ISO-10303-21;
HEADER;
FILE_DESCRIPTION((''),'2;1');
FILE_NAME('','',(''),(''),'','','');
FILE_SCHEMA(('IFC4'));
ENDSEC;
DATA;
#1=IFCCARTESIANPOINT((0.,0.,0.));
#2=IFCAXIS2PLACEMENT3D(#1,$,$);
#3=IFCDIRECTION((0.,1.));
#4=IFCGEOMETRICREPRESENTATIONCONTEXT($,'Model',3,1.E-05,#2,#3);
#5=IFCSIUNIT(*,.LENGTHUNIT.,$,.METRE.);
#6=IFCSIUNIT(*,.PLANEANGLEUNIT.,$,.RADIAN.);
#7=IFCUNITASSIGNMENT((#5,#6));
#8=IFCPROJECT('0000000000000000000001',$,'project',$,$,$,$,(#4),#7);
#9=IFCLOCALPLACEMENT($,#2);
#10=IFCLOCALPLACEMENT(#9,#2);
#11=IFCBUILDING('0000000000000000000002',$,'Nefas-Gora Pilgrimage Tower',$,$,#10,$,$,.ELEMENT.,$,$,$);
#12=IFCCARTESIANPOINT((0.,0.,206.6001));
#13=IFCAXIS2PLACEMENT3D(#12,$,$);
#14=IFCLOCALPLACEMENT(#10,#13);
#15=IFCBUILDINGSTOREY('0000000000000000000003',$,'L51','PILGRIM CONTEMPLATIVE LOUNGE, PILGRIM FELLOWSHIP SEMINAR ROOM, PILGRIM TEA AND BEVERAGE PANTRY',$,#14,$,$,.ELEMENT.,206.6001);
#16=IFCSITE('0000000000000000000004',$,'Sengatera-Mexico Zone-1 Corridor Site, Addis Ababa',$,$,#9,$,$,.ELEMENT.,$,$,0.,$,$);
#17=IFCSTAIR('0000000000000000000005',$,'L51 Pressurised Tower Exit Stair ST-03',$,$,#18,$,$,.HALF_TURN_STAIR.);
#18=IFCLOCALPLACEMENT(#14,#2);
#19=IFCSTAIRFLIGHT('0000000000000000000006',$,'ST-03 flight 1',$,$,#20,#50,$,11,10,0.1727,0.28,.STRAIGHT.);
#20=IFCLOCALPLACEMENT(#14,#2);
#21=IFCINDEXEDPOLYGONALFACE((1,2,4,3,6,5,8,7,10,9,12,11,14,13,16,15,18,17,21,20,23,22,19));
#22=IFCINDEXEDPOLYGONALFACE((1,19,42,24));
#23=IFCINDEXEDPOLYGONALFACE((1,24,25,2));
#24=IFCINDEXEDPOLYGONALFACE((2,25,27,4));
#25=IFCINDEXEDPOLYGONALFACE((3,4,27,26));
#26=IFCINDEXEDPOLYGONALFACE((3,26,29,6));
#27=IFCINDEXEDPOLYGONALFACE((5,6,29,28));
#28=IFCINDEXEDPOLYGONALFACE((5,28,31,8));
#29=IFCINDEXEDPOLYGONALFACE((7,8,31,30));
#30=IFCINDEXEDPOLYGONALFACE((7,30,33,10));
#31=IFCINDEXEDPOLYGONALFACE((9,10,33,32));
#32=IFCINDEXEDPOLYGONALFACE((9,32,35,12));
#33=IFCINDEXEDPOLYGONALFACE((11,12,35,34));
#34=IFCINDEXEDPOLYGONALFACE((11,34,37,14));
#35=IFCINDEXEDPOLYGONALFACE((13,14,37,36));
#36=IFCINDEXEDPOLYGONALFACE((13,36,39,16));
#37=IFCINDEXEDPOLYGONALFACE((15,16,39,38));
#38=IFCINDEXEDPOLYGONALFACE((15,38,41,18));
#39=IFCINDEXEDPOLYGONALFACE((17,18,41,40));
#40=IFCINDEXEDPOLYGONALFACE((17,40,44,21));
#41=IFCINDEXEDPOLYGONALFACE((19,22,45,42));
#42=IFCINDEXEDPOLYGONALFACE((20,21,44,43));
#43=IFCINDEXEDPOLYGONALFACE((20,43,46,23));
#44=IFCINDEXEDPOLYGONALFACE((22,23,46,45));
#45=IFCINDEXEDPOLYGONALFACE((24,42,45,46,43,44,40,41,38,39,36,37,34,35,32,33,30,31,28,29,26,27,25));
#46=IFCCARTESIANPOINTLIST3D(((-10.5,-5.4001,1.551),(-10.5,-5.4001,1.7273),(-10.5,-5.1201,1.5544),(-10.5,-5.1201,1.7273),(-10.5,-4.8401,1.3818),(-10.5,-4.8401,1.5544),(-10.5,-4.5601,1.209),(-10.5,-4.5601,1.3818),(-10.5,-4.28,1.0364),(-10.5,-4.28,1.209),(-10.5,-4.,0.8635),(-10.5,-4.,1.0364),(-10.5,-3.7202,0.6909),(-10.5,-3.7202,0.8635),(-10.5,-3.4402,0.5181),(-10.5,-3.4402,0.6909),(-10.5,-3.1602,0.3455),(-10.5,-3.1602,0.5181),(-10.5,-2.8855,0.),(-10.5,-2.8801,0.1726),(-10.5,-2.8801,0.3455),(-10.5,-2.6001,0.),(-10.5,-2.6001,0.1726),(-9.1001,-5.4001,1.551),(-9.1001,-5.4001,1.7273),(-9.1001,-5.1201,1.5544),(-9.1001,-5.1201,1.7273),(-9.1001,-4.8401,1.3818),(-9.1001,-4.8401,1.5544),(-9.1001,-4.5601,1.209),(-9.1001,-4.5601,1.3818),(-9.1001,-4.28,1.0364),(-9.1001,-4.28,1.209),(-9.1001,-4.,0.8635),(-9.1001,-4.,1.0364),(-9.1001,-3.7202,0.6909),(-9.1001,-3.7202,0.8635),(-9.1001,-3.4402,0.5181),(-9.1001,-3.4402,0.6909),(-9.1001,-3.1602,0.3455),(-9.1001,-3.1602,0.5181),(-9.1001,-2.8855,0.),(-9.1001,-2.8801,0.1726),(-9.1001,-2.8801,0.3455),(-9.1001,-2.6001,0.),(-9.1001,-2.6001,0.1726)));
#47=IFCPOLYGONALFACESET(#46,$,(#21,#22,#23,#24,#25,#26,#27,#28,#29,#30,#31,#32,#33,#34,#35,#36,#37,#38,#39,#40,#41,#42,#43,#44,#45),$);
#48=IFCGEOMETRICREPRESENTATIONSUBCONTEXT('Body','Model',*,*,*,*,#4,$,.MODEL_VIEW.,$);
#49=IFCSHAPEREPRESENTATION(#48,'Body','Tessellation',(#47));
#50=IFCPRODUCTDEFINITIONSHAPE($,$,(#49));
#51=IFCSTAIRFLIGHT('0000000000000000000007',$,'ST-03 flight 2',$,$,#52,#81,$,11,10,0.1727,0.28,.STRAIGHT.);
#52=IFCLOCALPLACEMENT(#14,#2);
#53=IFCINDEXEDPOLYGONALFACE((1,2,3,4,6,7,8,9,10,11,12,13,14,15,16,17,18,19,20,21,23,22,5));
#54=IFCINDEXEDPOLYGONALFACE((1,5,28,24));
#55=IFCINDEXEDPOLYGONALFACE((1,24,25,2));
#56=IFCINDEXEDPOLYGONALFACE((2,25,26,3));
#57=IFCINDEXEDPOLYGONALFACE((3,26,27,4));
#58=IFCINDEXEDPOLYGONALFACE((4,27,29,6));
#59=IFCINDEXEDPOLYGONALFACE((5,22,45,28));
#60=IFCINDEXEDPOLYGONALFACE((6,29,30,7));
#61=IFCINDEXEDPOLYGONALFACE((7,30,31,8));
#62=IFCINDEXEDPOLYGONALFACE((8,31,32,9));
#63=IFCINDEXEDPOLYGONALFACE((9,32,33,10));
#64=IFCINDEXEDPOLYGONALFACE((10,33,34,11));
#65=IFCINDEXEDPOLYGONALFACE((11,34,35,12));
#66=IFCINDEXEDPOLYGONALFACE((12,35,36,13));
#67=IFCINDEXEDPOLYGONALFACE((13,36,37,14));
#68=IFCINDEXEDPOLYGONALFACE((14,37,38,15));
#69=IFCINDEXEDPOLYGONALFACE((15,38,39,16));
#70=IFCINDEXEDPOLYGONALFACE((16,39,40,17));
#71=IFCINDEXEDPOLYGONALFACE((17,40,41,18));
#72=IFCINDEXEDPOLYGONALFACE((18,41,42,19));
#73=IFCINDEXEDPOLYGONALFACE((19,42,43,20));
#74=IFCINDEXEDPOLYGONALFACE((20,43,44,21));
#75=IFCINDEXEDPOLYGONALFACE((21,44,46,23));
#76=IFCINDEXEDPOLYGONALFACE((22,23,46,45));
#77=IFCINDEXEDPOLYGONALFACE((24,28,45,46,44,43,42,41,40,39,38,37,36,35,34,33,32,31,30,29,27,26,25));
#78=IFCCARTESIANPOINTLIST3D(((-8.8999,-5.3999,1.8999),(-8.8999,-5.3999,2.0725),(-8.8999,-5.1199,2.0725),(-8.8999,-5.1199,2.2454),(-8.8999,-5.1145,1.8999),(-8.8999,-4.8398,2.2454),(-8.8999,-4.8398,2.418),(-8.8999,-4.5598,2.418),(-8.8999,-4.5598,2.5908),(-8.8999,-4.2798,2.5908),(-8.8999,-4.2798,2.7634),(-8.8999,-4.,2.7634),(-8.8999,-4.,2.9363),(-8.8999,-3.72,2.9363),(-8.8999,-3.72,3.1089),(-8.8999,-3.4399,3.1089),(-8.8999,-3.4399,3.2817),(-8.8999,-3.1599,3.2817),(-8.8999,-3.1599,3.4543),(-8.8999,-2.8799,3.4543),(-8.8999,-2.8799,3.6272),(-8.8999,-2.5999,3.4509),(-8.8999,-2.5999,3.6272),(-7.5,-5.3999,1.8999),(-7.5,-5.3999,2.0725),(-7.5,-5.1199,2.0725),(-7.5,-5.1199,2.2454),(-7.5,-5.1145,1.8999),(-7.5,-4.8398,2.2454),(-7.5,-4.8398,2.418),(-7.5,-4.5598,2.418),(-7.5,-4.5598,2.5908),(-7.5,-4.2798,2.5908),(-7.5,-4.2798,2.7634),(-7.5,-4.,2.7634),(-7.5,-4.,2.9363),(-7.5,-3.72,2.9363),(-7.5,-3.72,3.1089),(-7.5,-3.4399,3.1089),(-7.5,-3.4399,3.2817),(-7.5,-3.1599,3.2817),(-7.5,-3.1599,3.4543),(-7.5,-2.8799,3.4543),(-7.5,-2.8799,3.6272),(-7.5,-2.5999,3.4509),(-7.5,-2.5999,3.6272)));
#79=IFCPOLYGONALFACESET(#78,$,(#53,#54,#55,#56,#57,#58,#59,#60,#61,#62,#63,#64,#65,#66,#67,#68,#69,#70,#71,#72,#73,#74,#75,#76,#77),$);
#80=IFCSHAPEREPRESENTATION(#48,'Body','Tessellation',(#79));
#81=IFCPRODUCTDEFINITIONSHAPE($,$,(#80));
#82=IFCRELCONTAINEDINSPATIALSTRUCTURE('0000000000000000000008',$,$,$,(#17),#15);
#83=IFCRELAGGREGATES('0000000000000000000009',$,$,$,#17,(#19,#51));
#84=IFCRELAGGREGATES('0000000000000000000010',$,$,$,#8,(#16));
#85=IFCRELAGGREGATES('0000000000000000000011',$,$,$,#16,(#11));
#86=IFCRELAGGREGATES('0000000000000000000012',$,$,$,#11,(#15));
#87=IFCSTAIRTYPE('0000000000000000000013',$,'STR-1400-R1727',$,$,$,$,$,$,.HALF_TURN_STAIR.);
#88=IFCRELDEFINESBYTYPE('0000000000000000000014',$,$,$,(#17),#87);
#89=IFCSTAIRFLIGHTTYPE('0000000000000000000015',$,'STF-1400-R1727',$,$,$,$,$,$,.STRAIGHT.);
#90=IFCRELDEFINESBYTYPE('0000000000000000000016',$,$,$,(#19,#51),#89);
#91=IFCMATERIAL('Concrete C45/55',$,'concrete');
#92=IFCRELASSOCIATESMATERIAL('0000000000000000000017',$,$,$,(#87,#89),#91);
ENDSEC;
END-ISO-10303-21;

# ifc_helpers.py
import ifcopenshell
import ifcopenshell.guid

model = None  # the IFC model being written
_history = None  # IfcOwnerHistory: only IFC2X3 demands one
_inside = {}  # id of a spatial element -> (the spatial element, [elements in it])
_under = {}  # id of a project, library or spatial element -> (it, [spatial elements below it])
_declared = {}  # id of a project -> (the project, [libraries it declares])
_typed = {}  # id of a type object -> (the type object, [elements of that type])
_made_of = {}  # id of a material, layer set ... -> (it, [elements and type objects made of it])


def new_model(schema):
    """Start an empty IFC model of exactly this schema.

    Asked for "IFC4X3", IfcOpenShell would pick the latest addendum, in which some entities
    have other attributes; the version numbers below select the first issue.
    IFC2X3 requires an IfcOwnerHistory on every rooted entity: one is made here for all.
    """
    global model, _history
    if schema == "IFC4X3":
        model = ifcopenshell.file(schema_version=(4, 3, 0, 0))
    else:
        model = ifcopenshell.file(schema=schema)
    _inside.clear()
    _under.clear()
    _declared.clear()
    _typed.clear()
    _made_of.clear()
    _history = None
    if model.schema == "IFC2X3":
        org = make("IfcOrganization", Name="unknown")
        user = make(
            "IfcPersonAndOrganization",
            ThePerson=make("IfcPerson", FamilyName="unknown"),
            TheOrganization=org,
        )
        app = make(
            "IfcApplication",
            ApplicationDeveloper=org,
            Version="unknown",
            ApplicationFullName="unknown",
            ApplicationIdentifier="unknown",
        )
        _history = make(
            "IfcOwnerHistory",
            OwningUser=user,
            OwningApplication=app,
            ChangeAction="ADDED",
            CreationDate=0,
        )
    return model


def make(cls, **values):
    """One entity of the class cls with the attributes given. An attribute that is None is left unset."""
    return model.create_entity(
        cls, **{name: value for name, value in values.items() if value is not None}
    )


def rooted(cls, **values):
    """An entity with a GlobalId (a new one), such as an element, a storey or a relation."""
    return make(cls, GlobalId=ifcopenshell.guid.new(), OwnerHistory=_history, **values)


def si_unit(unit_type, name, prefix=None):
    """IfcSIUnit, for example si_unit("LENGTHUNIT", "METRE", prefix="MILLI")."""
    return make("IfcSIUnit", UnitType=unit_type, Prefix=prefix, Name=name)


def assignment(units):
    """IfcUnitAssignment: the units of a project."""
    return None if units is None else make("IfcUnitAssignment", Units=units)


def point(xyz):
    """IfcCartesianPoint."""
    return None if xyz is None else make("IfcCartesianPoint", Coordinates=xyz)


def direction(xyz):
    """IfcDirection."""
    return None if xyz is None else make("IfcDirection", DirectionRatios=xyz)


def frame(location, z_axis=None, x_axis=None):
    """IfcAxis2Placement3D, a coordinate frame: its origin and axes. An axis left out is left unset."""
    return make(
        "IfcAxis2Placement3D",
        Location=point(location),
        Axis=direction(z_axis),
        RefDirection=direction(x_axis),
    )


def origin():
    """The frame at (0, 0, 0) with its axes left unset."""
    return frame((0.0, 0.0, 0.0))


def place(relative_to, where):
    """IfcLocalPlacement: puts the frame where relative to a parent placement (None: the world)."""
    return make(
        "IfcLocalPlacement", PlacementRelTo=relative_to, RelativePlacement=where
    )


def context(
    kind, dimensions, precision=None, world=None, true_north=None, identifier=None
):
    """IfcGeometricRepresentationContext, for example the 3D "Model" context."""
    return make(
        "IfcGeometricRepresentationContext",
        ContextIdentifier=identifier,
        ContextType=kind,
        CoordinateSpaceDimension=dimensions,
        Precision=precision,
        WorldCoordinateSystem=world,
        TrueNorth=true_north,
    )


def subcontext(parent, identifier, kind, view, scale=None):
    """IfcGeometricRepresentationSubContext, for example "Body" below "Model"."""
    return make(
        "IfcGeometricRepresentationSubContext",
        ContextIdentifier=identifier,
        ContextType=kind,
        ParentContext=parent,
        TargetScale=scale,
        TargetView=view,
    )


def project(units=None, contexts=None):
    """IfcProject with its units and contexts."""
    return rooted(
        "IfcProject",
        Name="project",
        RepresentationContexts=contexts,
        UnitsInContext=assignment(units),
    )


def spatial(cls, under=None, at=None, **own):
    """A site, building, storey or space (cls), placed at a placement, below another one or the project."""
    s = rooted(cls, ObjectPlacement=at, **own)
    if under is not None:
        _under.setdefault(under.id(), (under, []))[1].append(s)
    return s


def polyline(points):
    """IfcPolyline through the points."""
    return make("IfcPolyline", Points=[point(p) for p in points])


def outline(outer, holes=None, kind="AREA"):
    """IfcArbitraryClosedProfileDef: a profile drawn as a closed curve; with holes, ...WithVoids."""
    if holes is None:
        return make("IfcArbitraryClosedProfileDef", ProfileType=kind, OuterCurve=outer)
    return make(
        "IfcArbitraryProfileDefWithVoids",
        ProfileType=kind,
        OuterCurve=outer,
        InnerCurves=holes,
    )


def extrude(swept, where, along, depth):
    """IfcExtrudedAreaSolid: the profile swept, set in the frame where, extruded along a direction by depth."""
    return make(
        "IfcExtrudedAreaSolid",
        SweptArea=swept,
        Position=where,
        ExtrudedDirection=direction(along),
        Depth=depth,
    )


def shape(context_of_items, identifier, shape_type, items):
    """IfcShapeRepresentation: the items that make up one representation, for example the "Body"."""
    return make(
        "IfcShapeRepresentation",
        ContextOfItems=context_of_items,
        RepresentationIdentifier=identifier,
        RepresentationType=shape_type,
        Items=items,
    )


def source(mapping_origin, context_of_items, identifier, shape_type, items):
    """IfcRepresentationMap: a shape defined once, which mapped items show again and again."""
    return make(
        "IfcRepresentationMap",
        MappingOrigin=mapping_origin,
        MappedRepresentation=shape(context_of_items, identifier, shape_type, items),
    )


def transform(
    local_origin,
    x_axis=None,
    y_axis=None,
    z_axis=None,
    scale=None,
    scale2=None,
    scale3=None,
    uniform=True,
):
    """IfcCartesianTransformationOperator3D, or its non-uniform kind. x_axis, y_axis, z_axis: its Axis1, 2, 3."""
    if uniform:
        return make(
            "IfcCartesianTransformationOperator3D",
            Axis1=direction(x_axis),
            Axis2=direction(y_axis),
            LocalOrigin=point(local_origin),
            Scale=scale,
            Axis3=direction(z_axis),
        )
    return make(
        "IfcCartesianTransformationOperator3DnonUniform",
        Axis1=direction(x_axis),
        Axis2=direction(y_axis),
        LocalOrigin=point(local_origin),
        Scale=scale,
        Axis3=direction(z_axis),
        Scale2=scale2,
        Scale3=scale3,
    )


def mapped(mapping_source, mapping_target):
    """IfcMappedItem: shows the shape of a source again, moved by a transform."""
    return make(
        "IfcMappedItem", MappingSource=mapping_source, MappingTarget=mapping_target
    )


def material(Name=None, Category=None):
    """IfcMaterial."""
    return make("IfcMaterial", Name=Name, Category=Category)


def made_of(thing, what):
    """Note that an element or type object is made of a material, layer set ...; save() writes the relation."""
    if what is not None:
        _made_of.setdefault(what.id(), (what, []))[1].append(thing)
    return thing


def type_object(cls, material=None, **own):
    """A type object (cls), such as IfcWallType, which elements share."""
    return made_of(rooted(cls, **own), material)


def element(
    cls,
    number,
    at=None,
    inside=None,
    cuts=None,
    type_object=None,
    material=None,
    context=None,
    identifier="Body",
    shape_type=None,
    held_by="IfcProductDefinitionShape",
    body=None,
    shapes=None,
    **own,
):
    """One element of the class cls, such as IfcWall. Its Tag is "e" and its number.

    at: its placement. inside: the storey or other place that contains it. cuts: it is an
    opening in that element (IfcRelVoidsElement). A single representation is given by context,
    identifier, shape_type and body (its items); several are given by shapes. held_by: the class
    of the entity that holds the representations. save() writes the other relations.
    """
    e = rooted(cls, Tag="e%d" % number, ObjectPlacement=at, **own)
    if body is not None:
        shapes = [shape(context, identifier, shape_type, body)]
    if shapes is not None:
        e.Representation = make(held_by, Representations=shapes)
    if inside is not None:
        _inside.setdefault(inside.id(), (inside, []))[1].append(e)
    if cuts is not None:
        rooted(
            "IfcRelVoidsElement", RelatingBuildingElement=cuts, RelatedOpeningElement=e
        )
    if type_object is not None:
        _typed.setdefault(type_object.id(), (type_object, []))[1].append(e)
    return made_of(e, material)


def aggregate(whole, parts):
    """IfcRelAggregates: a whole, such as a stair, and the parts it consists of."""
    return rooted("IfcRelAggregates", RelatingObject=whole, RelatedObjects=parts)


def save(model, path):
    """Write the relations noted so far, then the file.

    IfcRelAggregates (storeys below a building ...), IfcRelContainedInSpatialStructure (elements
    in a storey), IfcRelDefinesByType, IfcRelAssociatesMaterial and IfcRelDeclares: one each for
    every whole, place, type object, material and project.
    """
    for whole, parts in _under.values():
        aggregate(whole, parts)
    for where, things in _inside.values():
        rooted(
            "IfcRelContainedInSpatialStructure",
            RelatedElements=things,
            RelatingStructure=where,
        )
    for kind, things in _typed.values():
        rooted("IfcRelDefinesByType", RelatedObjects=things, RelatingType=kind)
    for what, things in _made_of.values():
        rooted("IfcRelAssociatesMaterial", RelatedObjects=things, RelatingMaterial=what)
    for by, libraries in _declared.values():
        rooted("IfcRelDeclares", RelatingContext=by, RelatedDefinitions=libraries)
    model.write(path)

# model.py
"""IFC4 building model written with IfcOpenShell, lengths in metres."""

from ifc_helpers import new_model, si_unit, direction, frame, origin, place, context, subcontext, project, spatial, polyline, outline, extrude, source, transform, mapped, material, type_object, element, aggregate, save


model = new_model("IFC4")

# Units and contexts
model_context = context("Model", 3, precision=1e-05, world=origin(), true_north=direction((0.0, 1.0)))
body_context = subcontext(model_context, "Body", "Model", "MODEL_VIEW")
ifc_project = project(units=[si_unit("LENGTHUNIT", "METRE"), si_unit("PLANEANGLEUNIT", "RADIAN")], contexts=[model_context])

# Site, building, storey
site_placement = place(None, origin())
site = spatial("IfcSite", under=ifc_project, at=site_placement, Name="Sengatera-Mexico Zone-1 Corridor Site, Addis Ababa", CompositionType="ELEMENT", RefElevation=0.0)
building_placement = place(site_placement, origin())
building = spatial("IfcBuilding", under=site, at=building_placement, Name="Nefas-Gora Pilgrimage Tower", CompositionType="ELEMENT")
storey_placement = place(building_placement, frame((0.0, 0.0, 206.6001)))
storey = spatial("IfcBuildingStorey", under=building, at=storey_placement, Name="L51", Description="PILGRIM CONTEMPLATIVE LOUNGE, PILGRIM FELLOWSHIP SEMINAR ROOM, PILGRIM TEA AND BEVERAGE PANTRY", CompositionType="ELEMENT", Elevation=206.6001)

# Stair, stair flights
ifc_material_1 = material(Name="Concrete C45/55", Category="concrete")
stair_type = type_object("IfcStairType", Name="STR-1400-R1727", PredefinedType="HALF_TURN_STAIR", material=ifc_material_1)
stair_placement = place(storey_placement, origin())
stair = element("IfcStair", 1, at=stair_placement, inside=storey, type_object=stair_type, Name="L51 Pressurised Tower Exit Stair ST-03", PredefinedType="HALF_TURN_STAIR")
stair_flight_type = type_object("IfcStairFlightType", Name="STF-1400-R1727", PredefinedType="STRAIGHT", material=ifc_material_1)
shared_shape_1 = source(origin(), body_context, "Body", "SweptSolid", [
    extrude(outline(polyline([(0.0, 0.0), (0.0, 0.1726), (0.28, 0.1726), (0.28, 0.3455), (0.5601, 0.3455), (0.5601, 0.5181), (0.8401, 0.5181), (0.8401, 0.6909), (1.1201, 0.6909), (1.1201, 0.8635), (1.3999, 0.8635), (1.3999, 1.0364), (1.6799, 1.0364), (1.6799, 1.209), (1.96, 1.209), (1.96, 1.3818), (2.24, 1.3818), (2.24, 1.5544), (2.52, 1.5544), (2.52, 1.7273), (2.8, 1.7273), (2.8, 1.8999), (2.8, 1.551), (0.2854, 0.0), (0.0, 0.0)])), frame((0.0, 0.7, 0.0), z_axis=(0.0, -1.0, 0.0), x_axis=(1.0, 0.0, 0.0)), (0.0, 0.0, 1.0), 1.3999),
])
stair_flight_1_placement = place(storey_placement, frame((-9.8, -2.6001, 0.0), z_axis=(0.0, 0.0, 1.0), x_axis=(0.0, -1.0, 0.0)))
stair_flight_1 = element("IfcStairFlight", 2, at=stair_flight_1_placement, type_object=stair_flight_type, Name="ST-03 flight 1", NumberOfRisers=11, NumberOfTreads=10, PredefinedType="STRAIGHT", RiserHeight=0.1727, TreadLength=0.28, context=body_context, shape_type="MappedRepresentation", body=[
    mapped(shared_shape_1, transform((0.0, 0.0, 0.0), x_axis=(1.0, 0.0, 0.0), y_axis=(0.0, 1.0, 0.0), z_axis=(0.0, 0.0, 1.0), scale=1.0)),
])
stair_flight_2_placement = place(storey_placement, frame((-8.2, -5.3999, 1.8999), z_axis=(0.0, 0.0, 1.0), x_axis=(0.0, 1.0, 0.0)))
stair_flight_2 = element("IfcStairFlight", 3, at=stair_flight_2_placement, type_object=stair_flight_type, Name="ST-03 flight 2", NumberOfRisers=11, NumberOfTreads=10, PredefinedType="STRAIGHT", RiserHeight=0.1727, TreadLength=0.28, context=body_context, shape_type="MappedRepresentation", body=[
    mapped(shared_shape_1, transform((0.0, 0.0, 0.0), x_axis=(1.0, 0.0, 0.0), y_axis=(0.0, 1.0, 0.0), z_axis=(0.0, 0.0, 1.0), scale=1.0)),
])
aggregate(stair, [stair_flight_1, stair_flight_2])

save(model, "model.ifc")
